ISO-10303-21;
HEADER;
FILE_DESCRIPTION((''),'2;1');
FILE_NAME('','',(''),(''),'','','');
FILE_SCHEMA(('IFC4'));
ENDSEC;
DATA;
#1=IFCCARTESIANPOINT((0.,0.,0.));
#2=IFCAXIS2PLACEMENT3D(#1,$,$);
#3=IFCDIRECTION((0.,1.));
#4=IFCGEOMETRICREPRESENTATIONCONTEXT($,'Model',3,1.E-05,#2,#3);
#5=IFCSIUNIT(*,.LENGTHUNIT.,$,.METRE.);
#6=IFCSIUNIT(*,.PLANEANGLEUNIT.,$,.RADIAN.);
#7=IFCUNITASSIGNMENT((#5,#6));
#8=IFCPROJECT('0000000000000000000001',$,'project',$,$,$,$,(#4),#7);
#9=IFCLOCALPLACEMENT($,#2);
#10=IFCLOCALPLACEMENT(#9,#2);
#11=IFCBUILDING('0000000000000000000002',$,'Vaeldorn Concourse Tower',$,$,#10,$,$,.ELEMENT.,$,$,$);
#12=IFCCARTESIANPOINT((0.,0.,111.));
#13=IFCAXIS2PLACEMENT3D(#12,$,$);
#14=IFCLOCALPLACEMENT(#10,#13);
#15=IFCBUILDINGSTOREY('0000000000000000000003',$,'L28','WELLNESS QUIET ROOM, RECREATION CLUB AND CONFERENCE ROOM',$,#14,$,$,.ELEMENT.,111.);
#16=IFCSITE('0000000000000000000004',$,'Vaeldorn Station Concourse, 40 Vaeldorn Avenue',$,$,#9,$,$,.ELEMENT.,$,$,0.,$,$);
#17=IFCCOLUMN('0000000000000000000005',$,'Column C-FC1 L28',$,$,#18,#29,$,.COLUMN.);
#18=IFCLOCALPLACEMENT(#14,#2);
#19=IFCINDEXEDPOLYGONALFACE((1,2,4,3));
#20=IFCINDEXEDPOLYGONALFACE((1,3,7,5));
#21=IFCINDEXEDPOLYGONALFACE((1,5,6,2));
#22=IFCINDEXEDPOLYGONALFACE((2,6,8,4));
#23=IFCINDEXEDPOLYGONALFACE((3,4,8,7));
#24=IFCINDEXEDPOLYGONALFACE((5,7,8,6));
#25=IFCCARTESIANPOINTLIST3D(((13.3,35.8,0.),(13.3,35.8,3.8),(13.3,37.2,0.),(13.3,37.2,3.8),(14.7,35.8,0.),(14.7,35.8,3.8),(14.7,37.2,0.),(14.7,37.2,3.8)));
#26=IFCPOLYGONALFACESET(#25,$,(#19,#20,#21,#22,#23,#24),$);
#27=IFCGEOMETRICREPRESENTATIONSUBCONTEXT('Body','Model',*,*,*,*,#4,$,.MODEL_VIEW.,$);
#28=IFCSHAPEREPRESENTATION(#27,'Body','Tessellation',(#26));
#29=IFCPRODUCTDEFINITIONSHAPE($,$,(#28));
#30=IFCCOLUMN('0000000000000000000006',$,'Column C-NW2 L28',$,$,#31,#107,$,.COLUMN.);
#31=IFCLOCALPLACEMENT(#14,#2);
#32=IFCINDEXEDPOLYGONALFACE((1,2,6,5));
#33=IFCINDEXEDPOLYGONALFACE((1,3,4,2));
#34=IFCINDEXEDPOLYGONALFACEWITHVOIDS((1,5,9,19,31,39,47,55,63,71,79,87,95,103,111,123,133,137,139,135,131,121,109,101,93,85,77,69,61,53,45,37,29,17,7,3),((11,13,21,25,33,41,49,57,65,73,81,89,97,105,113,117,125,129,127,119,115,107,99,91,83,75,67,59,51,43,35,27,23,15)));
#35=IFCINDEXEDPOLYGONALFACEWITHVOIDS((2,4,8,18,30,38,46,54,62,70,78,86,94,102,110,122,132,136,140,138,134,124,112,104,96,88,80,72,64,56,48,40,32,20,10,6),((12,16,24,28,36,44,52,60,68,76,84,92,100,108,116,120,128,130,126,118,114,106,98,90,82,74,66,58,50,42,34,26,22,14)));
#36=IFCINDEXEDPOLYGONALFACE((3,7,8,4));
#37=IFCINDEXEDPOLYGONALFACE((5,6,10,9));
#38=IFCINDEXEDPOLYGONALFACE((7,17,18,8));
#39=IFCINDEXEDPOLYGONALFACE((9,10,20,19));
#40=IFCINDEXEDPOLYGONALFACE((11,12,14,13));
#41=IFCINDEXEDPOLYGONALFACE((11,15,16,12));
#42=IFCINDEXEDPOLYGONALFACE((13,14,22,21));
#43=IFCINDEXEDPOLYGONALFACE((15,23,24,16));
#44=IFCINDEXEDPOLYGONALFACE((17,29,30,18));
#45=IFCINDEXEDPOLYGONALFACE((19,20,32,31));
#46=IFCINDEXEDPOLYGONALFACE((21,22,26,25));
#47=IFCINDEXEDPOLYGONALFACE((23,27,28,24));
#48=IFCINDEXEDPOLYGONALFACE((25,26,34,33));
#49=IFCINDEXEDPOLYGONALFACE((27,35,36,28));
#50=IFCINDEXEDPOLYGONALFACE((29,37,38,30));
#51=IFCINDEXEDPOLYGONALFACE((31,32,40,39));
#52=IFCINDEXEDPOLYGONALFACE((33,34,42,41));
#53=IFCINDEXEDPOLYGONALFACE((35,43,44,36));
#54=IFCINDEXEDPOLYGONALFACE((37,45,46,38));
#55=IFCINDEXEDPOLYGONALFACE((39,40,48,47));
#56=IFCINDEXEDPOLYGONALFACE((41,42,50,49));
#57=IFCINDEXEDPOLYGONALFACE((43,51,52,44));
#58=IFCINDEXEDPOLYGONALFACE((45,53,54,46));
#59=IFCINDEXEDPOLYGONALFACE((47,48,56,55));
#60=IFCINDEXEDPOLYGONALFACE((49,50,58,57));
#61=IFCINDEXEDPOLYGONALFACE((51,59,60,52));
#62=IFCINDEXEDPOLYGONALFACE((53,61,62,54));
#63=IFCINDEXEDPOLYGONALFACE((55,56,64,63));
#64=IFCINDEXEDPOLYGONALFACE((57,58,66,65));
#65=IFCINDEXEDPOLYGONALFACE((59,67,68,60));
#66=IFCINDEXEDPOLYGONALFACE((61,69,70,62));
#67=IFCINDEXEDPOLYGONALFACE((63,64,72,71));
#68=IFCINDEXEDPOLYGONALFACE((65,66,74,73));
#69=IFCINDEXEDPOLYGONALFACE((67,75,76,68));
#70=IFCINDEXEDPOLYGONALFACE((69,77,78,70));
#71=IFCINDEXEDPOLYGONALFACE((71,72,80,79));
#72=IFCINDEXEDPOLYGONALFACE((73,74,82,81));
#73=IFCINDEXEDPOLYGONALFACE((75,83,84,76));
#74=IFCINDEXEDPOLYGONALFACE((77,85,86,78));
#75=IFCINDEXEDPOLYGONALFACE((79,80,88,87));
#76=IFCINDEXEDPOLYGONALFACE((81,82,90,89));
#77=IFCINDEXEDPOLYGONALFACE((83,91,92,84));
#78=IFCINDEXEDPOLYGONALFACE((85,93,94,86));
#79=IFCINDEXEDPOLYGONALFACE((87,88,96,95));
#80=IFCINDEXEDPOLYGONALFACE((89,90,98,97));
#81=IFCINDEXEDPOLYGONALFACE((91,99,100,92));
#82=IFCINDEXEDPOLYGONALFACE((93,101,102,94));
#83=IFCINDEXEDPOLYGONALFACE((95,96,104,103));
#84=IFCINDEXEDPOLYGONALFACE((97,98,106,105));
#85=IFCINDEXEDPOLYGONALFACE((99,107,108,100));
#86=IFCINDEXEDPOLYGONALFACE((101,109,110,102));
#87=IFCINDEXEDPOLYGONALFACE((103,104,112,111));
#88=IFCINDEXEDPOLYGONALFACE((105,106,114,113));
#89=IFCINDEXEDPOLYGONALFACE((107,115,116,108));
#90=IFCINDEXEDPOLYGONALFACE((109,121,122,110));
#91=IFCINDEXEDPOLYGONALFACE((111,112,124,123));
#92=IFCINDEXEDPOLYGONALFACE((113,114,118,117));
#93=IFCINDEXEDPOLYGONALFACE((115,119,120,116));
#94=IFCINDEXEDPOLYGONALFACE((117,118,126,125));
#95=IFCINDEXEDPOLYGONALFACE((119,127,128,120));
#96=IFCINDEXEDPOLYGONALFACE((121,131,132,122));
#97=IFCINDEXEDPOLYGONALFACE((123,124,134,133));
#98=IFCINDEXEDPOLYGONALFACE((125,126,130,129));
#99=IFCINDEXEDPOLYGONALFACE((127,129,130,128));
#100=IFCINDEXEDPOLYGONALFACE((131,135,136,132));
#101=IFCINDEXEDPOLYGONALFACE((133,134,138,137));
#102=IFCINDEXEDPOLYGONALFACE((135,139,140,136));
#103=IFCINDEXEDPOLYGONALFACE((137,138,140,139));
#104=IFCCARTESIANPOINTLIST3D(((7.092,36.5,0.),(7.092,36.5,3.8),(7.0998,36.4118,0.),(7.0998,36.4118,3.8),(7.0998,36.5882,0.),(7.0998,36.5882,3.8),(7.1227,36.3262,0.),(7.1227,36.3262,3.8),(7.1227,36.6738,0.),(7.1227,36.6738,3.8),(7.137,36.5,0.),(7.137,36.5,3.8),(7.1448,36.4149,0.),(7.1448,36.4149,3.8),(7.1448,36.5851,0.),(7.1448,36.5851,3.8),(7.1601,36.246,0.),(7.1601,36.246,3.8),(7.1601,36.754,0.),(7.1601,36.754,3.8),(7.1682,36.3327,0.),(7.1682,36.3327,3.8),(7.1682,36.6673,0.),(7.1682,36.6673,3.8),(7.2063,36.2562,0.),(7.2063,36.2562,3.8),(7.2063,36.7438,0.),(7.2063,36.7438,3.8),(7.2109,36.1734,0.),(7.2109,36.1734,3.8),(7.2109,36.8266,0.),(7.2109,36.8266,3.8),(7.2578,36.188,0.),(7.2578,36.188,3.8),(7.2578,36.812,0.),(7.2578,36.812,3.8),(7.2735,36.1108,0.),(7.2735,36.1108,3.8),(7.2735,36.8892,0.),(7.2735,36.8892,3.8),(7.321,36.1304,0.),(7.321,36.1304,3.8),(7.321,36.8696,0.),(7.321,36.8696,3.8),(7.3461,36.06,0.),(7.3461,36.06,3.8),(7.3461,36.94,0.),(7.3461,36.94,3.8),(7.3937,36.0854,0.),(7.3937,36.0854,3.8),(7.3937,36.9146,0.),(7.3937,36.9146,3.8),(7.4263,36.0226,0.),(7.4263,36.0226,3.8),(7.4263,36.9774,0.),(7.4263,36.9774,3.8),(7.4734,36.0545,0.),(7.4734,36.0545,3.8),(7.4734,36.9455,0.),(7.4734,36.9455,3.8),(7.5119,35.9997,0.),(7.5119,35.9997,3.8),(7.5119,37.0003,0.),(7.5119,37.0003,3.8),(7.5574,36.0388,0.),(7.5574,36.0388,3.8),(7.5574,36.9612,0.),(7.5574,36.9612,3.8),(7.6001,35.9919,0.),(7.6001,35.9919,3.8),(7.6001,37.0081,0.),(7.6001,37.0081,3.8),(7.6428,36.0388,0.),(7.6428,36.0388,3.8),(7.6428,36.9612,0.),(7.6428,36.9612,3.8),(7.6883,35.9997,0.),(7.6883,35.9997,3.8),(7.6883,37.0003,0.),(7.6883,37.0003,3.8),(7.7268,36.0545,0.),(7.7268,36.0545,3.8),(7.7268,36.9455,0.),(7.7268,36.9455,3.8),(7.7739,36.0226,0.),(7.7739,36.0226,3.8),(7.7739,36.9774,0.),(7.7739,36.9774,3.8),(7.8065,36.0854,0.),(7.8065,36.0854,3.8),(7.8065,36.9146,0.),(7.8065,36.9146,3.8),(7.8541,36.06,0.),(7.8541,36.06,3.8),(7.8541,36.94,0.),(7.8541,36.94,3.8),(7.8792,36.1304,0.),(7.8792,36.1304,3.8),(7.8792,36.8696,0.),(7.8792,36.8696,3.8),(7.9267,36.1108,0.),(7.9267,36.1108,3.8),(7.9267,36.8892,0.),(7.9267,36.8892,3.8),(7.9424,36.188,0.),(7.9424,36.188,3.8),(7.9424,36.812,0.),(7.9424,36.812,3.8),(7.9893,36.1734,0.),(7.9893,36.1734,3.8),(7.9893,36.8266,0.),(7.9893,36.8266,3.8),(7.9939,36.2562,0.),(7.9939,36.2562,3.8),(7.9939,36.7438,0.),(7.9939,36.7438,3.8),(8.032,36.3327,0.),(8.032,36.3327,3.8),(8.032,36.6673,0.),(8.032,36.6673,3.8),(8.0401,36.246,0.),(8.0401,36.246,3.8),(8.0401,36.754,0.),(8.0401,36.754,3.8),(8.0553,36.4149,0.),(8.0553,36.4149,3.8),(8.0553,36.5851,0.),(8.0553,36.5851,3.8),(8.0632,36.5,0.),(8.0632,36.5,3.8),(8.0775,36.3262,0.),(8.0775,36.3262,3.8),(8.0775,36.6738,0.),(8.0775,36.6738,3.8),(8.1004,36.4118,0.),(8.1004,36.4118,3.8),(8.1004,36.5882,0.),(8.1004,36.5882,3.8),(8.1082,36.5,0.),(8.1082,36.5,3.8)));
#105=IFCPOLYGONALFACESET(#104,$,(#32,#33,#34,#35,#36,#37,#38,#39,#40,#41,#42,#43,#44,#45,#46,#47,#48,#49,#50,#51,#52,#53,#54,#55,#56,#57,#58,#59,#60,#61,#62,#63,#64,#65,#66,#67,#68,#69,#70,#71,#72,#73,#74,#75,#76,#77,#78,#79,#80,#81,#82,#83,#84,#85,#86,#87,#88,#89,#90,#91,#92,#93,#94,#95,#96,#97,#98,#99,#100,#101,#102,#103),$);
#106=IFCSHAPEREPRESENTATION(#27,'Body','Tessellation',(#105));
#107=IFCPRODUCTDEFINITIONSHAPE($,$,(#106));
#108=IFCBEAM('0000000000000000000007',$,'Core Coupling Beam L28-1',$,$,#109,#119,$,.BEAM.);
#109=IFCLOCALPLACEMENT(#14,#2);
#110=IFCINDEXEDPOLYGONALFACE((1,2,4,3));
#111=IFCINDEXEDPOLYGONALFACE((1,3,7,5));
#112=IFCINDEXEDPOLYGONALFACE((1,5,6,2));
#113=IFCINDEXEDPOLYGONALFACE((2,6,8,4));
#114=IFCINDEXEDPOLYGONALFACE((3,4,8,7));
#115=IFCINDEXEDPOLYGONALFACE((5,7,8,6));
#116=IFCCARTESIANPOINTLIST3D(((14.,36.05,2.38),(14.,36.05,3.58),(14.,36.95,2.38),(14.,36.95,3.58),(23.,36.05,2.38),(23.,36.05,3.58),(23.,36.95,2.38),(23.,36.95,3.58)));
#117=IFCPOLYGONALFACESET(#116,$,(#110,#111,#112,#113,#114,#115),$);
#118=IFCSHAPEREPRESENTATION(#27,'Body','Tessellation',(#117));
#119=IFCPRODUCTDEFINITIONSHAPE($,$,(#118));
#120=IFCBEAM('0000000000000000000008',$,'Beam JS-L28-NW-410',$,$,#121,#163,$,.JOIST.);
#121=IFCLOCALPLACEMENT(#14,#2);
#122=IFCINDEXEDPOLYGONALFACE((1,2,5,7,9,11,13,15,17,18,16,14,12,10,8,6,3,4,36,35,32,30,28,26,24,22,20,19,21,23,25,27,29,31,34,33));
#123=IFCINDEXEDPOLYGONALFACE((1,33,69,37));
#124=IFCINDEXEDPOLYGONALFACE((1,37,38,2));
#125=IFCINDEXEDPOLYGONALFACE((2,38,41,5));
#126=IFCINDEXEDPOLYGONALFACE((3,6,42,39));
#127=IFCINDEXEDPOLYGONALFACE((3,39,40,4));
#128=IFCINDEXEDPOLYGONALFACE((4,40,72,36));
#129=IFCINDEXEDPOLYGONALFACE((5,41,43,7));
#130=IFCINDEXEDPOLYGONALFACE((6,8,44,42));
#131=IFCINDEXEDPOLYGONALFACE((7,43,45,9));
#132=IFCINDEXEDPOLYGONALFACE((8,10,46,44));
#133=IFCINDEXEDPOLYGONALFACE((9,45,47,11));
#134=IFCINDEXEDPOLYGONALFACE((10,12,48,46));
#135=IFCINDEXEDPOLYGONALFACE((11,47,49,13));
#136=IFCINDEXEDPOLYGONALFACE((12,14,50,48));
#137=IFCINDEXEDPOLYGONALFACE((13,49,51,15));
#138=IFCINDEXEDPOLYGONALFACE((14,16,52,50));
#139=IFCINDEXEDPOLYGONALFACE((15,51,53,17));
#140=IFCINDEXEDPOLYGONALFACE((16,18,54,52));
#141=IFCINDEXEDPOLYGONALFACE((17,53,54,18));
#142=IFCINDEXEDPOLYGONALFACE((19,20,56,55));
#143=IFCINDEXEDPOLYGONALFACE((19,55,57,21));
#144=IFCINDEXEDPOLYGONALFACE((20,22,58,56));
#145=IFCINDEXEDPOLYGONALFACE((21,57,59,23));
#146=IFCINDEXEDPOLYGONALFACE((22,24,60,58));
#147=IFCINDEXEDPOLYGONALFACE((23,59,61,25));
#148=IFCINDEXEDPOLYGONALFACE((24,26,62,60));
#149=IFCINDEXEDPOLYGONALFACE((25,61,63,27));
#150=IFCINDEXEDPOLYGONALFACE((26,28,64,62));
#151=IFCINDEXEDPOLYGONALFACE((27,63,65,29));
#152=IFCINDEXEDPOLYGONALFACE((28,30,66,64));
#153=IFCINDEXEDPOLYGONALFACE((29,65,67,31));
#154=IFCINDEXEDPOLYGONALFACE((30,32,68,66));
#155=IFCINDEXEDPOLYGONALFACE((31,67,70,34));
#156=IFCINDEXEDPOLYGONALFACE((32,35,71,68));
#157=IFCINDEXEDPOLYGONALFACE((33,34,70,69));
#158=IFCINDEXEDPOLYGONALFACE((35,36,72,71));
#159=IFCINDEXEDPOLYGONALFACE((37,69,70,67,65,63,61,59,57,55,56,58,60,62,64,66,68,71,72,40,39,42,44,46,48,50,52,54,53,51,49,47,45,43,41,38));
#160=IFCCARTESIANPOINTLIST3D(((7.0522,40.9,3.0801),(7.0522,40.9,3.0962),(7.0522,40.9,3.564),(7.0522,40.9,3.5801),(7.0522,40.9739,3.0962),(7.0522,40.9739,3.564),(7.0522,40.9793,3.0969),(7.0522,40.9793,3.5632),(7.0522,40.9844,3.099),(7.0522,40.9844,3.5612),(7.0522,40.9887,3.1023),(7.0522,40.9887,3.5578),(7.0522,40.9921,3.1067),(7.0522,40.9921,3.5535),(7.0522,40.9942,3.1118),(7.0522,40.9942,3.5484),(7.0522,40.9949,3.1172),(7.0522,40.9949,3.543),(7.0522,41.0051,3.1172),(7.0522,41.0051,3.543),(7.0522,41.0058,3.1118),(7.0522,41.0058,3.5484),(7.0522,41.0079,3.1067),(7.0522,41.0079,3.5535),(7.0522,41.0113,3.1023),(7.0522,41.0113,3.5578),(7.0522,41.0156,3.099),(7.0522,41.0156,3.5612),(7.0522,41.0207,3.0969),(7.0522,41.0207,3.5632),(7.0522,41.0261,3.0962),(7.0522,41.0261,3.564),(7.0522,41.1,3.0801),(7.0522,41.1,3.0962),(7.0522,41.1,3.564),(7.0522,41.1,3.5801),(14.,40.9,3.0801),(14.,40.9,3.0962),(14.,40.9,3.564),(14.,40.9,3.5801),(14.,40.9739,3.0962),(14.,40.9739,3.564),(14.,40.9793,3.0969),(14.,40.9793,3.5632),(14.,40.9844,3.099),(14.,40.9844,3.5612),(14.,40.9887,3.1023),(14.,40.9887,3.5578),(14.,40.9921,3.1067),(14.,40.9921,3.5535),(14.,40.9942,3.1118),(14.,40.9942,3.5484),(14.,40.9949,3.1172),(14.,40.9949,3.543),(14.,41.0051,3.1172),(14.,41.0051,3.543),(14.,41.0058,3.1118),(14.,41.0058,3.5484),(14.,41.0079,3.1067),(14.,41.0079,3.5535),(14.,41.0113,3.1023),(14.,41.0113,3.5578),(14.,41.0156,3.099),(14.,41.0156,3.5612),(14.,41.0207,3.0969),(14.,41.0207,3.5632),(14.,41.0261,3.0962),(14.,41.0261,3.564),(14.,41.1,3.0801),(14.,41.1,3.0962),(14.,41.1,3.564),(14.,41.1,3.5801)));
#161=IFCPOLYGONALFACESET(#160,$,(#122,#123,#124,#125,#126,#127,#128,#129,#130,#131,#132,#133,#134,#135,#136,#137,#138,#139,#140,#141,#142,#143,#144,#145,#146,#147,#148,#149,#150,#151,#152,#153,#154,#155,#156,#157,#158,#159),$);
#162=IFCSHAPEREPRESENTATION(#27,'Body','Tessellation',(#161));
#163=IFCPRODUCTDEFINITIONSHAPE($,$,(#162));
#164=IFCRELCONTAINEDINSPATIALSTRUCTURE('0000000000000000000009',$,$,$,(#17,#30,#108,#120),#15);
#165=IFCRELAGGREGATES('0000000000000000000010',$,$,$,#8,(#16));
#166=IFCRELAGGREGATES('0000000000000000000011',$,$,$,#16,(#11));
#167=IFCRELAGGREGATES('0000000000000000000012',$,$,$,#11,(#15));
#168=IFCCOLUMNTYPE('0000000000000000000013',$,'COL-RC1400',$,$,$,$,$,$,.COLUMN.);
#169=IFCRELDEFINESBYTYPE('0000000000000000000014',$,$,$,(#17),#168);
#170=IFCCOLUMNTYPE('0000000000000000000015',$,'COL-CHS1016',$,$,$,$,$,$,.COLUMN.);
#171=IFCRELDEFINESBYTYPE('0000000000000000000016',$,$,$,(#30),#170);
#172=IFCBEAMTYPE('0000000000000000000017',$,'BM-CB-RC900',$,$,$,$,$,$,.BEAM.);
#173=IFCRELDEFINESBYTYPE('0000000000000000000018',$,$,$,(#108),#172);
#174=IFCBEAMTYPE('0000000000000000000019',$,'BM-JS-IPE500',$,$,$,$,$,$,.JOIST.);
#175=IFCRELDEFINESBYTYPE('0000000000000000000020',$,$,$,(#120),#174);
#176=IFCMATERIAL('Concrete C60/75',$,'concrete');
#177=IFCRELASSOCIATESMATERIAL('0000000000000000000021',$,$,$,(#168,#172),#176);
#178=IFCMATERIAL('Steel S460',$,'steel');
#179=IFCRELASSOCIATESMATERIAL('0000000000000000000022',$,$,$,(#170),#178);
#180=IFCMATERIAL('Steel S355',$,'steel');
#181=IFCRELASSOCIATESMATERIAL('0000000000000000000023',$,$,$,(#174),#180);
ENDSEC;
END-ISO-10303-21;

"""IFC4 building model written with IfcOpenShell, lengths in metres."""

from ifc_helpers import new_model, si_unit, direction, frame, origin, origin_2d, place, context, subcontext, project, spatial, rectangle, hollow_circle, i_section, extrude, source, transform, mapped, material, material_profile, profile_set, type_object, element, save


model = new_model("IFC4")

# Units and contexts
model_context = context("Model", 3, precision=1e-05, world=origin(), true_north=direction((0.0, 1.0)))
body_context = subcontext(model_context, "Body", "Model", "MODEL_VIEW")
ifc_project = project(units=[si_unit("LENGTHUNIT", "METRE"), si_unit("PLANEANGLEUNIT", "RADIAN")], contexts=[model_context])

# Site, building, storey
site_placement = place(None, origin())
site = spatial("IfcSite", under=ifc_project, at=site_placement, Name="Vaeldorn Station Concourse, 40 Vaeldorn Avenue", CompositionType="ELEMENT", RefElevation=0.0)
building_placement = place(site_placement, origin())
building = spatial("IfcBuilding", under=site, at=building_placement, Name="Vaeldorn Concourse Tower", CompositionType="ELEMENT")
storey_placement = place(building_placement, frame((0.0, 0.0, 111.0)))
storey = spatial("IfcBuildingStorey", under=building, at=storey_placement, Name="L28", Description="WELLNESS QUIET ROOM, RECREATION CLUB AND CONFERENCE ROOM", CompositionType="ELEMENT", Elevation=111.0)

# Columns
ifc_material_1 = material(Name="Concrete C60/75", Category="concrete")
ifc_material_profile_1 = material_profile(ifc_material_1, rectangle(XDim=1.3999, YDim=1.3999, at=origin_2d()), Name="RC 1400x1400")
ifc_profile_set_1 = profile_set([ifc_material_profile_1], Name="Concrete C60/75")
column_type_1 = type_object("IfcColumnType", Name="COL-RC1400", PredefinedType="COLUMN", material=ifc_profile_set_1)
shared_shape_1 = source(origin(), body_context, "Body", "SweptSolid", [
    extrude(rectangle(XDim=1.3999, YDim=1.3999, at=origin_2d()), origin(), (0.0, 0.0, 1.0), 3.8),
])
column_1_placement = place(storey_placement, frame((14.0, 36.5, 0.0), z_axis=(0.0, 0.0, 1.0), x_axis=(1.0, 0.0, 0.0)))
element("IfcColumn", 1, at=column_1_placement, inside=storey, type_object=column_type_1, Name="Column C-FC1 L28", PredefinedType="COLUMN", context=body_context, shape_type="MappedRepresentation", body=[
    mapped(shared_shape_1, transform((0.0, 0.0, 0.0), scale=1.0)),
])
ifc_material_2 = material(Name="Steel S460", Category="steel")
ifc_material_profile_2 = material_profile(ifc_material_2, hollow_circle(Radius=0.5081, WallThickness=0.0449, at=origin_2d()), Name="CHS 1016x45")
ifc_profile_set_2 = profile_set([ifc_material_profile_2], Name="Steel S460")
column_type_2 = type_object("IfcColumnType", Name="COL-CHS1016", PredefinedType="COLUMN", material=ifc_profile_set_2)
shared_shape_2 = source(origin(), body_context, "Body", "SweptSolid", [
    extrude(hollow_circle(Radius=0.5081, WallThickness=0.0449, at=origin_2d()), origin(), (0.0, 0.0, 1.0), 3.8),
])
column_2_placement = place(storey_placement, frame((7.6001, 36.5, 0.0), z_axis=(0.0, 0.0, 1.0), x_axis=(1.0, 0.0, 0.0)))
element("IfcColumn", 2, at=column_2_placement, inside=storey, type_object=column_type_2, Name="Column C-NW2 L28", PredefinedType="COLUMN", context=body_context, shape_type="MappedRepresentation", body=[
    mapped(shared_shape_2, transform((0.0, 0.0, 0.0), scale=1.0)),
])

# Beams
ifc_material_profile_3 = material_profile(ifc_material_1, rectangle(XDim=0.8999, YDim=1.2, at=origin_2d()), Name="RC 900x1200")
ifc_profile_set_3 = profile_set([ifc_material_profile_3], Name="Concrete C60/75")
beam_type_1 = type_object("IfcBeamType", Name="BM-CB-RC900", PredefinedType="BEAM", material=ifc_profile_set_3)
shared_shape_3 = source(origin(), body_context, "Body", "SweptSolid", [
    extrude(rectangle(XDim=0.8999, YDim=1.2, at=origin_2d()), origin(), (0.0, 0.0, 1.0), 9.0),
])
beam_1_placement = place(storey_placement, frame((14.0, 36.5, 2.98), z_axis=(1.0, 0.0, 0.0), x_axis=(0.0, 1.0, 0.0)))
element("IfcBeam", 3, at=beam_1_placement, inside=storey, type_object=beam_type_1, Name="Core Coupling Beam L28-1", PredefinedType="BEAM", context=body_context, shape_type="MappedRepresentation", body=[
    mapped(shared_shape_3, transform((0.0, 0.0, 0.0), scale=1.0)),
])
ifc_material_3 = material(Name="Steel S355", Category="steel")
ifc_material_profile_4 = material_profile(ifc_material_3, i_section(OverallWidth=0.2, OverallDepth=0.5, WebThickness=0.0103, FlangeThickness=0.0161, FilletRadius=0.021, at=origin_2d()), Name="IPE 500")
ifc_profile_set_4 = profile_set([ifc_material_profile_4], Name="Steel S355")
beam_type_2 = type_object("IfcBeamType", Name="BM-JS-IPE500", PredefinedType="JOIST", material=ifc_profile_set_4)
shared_shape_4 = source(origin(), body_context, "Body", "SweptSolid", [
    extrude(i_section(OverallWidth=0.2, OverallDepth=0.5, WebThickness=0.0103, FlangeThickness=0.0161, FilletRadius=0.021, at=origin_2d()), origin(), (0.0, 0.0, 1.0), 6.9478),
])
beam_2_placement = place(storey_placement, frame((7.0522, 41.0, 3.3301), z_axis=(1.0, 0.0, 0.0), x_axis=(0.0, 1.0, 0.0)))
element("IfcBeam", 4, at=beam_2_placement, inside=storey, type_object=beam_type_2, Name="Beam JS-L28-NW-410", PredefinedType="JOIST", context=body_context, shape_type="MappedRepresentation", body=[
    mapped(shared_shape_4, transform((0.0, 0.0, 0.0), scale=1.0)),
])

save(model, "model.ifc")
